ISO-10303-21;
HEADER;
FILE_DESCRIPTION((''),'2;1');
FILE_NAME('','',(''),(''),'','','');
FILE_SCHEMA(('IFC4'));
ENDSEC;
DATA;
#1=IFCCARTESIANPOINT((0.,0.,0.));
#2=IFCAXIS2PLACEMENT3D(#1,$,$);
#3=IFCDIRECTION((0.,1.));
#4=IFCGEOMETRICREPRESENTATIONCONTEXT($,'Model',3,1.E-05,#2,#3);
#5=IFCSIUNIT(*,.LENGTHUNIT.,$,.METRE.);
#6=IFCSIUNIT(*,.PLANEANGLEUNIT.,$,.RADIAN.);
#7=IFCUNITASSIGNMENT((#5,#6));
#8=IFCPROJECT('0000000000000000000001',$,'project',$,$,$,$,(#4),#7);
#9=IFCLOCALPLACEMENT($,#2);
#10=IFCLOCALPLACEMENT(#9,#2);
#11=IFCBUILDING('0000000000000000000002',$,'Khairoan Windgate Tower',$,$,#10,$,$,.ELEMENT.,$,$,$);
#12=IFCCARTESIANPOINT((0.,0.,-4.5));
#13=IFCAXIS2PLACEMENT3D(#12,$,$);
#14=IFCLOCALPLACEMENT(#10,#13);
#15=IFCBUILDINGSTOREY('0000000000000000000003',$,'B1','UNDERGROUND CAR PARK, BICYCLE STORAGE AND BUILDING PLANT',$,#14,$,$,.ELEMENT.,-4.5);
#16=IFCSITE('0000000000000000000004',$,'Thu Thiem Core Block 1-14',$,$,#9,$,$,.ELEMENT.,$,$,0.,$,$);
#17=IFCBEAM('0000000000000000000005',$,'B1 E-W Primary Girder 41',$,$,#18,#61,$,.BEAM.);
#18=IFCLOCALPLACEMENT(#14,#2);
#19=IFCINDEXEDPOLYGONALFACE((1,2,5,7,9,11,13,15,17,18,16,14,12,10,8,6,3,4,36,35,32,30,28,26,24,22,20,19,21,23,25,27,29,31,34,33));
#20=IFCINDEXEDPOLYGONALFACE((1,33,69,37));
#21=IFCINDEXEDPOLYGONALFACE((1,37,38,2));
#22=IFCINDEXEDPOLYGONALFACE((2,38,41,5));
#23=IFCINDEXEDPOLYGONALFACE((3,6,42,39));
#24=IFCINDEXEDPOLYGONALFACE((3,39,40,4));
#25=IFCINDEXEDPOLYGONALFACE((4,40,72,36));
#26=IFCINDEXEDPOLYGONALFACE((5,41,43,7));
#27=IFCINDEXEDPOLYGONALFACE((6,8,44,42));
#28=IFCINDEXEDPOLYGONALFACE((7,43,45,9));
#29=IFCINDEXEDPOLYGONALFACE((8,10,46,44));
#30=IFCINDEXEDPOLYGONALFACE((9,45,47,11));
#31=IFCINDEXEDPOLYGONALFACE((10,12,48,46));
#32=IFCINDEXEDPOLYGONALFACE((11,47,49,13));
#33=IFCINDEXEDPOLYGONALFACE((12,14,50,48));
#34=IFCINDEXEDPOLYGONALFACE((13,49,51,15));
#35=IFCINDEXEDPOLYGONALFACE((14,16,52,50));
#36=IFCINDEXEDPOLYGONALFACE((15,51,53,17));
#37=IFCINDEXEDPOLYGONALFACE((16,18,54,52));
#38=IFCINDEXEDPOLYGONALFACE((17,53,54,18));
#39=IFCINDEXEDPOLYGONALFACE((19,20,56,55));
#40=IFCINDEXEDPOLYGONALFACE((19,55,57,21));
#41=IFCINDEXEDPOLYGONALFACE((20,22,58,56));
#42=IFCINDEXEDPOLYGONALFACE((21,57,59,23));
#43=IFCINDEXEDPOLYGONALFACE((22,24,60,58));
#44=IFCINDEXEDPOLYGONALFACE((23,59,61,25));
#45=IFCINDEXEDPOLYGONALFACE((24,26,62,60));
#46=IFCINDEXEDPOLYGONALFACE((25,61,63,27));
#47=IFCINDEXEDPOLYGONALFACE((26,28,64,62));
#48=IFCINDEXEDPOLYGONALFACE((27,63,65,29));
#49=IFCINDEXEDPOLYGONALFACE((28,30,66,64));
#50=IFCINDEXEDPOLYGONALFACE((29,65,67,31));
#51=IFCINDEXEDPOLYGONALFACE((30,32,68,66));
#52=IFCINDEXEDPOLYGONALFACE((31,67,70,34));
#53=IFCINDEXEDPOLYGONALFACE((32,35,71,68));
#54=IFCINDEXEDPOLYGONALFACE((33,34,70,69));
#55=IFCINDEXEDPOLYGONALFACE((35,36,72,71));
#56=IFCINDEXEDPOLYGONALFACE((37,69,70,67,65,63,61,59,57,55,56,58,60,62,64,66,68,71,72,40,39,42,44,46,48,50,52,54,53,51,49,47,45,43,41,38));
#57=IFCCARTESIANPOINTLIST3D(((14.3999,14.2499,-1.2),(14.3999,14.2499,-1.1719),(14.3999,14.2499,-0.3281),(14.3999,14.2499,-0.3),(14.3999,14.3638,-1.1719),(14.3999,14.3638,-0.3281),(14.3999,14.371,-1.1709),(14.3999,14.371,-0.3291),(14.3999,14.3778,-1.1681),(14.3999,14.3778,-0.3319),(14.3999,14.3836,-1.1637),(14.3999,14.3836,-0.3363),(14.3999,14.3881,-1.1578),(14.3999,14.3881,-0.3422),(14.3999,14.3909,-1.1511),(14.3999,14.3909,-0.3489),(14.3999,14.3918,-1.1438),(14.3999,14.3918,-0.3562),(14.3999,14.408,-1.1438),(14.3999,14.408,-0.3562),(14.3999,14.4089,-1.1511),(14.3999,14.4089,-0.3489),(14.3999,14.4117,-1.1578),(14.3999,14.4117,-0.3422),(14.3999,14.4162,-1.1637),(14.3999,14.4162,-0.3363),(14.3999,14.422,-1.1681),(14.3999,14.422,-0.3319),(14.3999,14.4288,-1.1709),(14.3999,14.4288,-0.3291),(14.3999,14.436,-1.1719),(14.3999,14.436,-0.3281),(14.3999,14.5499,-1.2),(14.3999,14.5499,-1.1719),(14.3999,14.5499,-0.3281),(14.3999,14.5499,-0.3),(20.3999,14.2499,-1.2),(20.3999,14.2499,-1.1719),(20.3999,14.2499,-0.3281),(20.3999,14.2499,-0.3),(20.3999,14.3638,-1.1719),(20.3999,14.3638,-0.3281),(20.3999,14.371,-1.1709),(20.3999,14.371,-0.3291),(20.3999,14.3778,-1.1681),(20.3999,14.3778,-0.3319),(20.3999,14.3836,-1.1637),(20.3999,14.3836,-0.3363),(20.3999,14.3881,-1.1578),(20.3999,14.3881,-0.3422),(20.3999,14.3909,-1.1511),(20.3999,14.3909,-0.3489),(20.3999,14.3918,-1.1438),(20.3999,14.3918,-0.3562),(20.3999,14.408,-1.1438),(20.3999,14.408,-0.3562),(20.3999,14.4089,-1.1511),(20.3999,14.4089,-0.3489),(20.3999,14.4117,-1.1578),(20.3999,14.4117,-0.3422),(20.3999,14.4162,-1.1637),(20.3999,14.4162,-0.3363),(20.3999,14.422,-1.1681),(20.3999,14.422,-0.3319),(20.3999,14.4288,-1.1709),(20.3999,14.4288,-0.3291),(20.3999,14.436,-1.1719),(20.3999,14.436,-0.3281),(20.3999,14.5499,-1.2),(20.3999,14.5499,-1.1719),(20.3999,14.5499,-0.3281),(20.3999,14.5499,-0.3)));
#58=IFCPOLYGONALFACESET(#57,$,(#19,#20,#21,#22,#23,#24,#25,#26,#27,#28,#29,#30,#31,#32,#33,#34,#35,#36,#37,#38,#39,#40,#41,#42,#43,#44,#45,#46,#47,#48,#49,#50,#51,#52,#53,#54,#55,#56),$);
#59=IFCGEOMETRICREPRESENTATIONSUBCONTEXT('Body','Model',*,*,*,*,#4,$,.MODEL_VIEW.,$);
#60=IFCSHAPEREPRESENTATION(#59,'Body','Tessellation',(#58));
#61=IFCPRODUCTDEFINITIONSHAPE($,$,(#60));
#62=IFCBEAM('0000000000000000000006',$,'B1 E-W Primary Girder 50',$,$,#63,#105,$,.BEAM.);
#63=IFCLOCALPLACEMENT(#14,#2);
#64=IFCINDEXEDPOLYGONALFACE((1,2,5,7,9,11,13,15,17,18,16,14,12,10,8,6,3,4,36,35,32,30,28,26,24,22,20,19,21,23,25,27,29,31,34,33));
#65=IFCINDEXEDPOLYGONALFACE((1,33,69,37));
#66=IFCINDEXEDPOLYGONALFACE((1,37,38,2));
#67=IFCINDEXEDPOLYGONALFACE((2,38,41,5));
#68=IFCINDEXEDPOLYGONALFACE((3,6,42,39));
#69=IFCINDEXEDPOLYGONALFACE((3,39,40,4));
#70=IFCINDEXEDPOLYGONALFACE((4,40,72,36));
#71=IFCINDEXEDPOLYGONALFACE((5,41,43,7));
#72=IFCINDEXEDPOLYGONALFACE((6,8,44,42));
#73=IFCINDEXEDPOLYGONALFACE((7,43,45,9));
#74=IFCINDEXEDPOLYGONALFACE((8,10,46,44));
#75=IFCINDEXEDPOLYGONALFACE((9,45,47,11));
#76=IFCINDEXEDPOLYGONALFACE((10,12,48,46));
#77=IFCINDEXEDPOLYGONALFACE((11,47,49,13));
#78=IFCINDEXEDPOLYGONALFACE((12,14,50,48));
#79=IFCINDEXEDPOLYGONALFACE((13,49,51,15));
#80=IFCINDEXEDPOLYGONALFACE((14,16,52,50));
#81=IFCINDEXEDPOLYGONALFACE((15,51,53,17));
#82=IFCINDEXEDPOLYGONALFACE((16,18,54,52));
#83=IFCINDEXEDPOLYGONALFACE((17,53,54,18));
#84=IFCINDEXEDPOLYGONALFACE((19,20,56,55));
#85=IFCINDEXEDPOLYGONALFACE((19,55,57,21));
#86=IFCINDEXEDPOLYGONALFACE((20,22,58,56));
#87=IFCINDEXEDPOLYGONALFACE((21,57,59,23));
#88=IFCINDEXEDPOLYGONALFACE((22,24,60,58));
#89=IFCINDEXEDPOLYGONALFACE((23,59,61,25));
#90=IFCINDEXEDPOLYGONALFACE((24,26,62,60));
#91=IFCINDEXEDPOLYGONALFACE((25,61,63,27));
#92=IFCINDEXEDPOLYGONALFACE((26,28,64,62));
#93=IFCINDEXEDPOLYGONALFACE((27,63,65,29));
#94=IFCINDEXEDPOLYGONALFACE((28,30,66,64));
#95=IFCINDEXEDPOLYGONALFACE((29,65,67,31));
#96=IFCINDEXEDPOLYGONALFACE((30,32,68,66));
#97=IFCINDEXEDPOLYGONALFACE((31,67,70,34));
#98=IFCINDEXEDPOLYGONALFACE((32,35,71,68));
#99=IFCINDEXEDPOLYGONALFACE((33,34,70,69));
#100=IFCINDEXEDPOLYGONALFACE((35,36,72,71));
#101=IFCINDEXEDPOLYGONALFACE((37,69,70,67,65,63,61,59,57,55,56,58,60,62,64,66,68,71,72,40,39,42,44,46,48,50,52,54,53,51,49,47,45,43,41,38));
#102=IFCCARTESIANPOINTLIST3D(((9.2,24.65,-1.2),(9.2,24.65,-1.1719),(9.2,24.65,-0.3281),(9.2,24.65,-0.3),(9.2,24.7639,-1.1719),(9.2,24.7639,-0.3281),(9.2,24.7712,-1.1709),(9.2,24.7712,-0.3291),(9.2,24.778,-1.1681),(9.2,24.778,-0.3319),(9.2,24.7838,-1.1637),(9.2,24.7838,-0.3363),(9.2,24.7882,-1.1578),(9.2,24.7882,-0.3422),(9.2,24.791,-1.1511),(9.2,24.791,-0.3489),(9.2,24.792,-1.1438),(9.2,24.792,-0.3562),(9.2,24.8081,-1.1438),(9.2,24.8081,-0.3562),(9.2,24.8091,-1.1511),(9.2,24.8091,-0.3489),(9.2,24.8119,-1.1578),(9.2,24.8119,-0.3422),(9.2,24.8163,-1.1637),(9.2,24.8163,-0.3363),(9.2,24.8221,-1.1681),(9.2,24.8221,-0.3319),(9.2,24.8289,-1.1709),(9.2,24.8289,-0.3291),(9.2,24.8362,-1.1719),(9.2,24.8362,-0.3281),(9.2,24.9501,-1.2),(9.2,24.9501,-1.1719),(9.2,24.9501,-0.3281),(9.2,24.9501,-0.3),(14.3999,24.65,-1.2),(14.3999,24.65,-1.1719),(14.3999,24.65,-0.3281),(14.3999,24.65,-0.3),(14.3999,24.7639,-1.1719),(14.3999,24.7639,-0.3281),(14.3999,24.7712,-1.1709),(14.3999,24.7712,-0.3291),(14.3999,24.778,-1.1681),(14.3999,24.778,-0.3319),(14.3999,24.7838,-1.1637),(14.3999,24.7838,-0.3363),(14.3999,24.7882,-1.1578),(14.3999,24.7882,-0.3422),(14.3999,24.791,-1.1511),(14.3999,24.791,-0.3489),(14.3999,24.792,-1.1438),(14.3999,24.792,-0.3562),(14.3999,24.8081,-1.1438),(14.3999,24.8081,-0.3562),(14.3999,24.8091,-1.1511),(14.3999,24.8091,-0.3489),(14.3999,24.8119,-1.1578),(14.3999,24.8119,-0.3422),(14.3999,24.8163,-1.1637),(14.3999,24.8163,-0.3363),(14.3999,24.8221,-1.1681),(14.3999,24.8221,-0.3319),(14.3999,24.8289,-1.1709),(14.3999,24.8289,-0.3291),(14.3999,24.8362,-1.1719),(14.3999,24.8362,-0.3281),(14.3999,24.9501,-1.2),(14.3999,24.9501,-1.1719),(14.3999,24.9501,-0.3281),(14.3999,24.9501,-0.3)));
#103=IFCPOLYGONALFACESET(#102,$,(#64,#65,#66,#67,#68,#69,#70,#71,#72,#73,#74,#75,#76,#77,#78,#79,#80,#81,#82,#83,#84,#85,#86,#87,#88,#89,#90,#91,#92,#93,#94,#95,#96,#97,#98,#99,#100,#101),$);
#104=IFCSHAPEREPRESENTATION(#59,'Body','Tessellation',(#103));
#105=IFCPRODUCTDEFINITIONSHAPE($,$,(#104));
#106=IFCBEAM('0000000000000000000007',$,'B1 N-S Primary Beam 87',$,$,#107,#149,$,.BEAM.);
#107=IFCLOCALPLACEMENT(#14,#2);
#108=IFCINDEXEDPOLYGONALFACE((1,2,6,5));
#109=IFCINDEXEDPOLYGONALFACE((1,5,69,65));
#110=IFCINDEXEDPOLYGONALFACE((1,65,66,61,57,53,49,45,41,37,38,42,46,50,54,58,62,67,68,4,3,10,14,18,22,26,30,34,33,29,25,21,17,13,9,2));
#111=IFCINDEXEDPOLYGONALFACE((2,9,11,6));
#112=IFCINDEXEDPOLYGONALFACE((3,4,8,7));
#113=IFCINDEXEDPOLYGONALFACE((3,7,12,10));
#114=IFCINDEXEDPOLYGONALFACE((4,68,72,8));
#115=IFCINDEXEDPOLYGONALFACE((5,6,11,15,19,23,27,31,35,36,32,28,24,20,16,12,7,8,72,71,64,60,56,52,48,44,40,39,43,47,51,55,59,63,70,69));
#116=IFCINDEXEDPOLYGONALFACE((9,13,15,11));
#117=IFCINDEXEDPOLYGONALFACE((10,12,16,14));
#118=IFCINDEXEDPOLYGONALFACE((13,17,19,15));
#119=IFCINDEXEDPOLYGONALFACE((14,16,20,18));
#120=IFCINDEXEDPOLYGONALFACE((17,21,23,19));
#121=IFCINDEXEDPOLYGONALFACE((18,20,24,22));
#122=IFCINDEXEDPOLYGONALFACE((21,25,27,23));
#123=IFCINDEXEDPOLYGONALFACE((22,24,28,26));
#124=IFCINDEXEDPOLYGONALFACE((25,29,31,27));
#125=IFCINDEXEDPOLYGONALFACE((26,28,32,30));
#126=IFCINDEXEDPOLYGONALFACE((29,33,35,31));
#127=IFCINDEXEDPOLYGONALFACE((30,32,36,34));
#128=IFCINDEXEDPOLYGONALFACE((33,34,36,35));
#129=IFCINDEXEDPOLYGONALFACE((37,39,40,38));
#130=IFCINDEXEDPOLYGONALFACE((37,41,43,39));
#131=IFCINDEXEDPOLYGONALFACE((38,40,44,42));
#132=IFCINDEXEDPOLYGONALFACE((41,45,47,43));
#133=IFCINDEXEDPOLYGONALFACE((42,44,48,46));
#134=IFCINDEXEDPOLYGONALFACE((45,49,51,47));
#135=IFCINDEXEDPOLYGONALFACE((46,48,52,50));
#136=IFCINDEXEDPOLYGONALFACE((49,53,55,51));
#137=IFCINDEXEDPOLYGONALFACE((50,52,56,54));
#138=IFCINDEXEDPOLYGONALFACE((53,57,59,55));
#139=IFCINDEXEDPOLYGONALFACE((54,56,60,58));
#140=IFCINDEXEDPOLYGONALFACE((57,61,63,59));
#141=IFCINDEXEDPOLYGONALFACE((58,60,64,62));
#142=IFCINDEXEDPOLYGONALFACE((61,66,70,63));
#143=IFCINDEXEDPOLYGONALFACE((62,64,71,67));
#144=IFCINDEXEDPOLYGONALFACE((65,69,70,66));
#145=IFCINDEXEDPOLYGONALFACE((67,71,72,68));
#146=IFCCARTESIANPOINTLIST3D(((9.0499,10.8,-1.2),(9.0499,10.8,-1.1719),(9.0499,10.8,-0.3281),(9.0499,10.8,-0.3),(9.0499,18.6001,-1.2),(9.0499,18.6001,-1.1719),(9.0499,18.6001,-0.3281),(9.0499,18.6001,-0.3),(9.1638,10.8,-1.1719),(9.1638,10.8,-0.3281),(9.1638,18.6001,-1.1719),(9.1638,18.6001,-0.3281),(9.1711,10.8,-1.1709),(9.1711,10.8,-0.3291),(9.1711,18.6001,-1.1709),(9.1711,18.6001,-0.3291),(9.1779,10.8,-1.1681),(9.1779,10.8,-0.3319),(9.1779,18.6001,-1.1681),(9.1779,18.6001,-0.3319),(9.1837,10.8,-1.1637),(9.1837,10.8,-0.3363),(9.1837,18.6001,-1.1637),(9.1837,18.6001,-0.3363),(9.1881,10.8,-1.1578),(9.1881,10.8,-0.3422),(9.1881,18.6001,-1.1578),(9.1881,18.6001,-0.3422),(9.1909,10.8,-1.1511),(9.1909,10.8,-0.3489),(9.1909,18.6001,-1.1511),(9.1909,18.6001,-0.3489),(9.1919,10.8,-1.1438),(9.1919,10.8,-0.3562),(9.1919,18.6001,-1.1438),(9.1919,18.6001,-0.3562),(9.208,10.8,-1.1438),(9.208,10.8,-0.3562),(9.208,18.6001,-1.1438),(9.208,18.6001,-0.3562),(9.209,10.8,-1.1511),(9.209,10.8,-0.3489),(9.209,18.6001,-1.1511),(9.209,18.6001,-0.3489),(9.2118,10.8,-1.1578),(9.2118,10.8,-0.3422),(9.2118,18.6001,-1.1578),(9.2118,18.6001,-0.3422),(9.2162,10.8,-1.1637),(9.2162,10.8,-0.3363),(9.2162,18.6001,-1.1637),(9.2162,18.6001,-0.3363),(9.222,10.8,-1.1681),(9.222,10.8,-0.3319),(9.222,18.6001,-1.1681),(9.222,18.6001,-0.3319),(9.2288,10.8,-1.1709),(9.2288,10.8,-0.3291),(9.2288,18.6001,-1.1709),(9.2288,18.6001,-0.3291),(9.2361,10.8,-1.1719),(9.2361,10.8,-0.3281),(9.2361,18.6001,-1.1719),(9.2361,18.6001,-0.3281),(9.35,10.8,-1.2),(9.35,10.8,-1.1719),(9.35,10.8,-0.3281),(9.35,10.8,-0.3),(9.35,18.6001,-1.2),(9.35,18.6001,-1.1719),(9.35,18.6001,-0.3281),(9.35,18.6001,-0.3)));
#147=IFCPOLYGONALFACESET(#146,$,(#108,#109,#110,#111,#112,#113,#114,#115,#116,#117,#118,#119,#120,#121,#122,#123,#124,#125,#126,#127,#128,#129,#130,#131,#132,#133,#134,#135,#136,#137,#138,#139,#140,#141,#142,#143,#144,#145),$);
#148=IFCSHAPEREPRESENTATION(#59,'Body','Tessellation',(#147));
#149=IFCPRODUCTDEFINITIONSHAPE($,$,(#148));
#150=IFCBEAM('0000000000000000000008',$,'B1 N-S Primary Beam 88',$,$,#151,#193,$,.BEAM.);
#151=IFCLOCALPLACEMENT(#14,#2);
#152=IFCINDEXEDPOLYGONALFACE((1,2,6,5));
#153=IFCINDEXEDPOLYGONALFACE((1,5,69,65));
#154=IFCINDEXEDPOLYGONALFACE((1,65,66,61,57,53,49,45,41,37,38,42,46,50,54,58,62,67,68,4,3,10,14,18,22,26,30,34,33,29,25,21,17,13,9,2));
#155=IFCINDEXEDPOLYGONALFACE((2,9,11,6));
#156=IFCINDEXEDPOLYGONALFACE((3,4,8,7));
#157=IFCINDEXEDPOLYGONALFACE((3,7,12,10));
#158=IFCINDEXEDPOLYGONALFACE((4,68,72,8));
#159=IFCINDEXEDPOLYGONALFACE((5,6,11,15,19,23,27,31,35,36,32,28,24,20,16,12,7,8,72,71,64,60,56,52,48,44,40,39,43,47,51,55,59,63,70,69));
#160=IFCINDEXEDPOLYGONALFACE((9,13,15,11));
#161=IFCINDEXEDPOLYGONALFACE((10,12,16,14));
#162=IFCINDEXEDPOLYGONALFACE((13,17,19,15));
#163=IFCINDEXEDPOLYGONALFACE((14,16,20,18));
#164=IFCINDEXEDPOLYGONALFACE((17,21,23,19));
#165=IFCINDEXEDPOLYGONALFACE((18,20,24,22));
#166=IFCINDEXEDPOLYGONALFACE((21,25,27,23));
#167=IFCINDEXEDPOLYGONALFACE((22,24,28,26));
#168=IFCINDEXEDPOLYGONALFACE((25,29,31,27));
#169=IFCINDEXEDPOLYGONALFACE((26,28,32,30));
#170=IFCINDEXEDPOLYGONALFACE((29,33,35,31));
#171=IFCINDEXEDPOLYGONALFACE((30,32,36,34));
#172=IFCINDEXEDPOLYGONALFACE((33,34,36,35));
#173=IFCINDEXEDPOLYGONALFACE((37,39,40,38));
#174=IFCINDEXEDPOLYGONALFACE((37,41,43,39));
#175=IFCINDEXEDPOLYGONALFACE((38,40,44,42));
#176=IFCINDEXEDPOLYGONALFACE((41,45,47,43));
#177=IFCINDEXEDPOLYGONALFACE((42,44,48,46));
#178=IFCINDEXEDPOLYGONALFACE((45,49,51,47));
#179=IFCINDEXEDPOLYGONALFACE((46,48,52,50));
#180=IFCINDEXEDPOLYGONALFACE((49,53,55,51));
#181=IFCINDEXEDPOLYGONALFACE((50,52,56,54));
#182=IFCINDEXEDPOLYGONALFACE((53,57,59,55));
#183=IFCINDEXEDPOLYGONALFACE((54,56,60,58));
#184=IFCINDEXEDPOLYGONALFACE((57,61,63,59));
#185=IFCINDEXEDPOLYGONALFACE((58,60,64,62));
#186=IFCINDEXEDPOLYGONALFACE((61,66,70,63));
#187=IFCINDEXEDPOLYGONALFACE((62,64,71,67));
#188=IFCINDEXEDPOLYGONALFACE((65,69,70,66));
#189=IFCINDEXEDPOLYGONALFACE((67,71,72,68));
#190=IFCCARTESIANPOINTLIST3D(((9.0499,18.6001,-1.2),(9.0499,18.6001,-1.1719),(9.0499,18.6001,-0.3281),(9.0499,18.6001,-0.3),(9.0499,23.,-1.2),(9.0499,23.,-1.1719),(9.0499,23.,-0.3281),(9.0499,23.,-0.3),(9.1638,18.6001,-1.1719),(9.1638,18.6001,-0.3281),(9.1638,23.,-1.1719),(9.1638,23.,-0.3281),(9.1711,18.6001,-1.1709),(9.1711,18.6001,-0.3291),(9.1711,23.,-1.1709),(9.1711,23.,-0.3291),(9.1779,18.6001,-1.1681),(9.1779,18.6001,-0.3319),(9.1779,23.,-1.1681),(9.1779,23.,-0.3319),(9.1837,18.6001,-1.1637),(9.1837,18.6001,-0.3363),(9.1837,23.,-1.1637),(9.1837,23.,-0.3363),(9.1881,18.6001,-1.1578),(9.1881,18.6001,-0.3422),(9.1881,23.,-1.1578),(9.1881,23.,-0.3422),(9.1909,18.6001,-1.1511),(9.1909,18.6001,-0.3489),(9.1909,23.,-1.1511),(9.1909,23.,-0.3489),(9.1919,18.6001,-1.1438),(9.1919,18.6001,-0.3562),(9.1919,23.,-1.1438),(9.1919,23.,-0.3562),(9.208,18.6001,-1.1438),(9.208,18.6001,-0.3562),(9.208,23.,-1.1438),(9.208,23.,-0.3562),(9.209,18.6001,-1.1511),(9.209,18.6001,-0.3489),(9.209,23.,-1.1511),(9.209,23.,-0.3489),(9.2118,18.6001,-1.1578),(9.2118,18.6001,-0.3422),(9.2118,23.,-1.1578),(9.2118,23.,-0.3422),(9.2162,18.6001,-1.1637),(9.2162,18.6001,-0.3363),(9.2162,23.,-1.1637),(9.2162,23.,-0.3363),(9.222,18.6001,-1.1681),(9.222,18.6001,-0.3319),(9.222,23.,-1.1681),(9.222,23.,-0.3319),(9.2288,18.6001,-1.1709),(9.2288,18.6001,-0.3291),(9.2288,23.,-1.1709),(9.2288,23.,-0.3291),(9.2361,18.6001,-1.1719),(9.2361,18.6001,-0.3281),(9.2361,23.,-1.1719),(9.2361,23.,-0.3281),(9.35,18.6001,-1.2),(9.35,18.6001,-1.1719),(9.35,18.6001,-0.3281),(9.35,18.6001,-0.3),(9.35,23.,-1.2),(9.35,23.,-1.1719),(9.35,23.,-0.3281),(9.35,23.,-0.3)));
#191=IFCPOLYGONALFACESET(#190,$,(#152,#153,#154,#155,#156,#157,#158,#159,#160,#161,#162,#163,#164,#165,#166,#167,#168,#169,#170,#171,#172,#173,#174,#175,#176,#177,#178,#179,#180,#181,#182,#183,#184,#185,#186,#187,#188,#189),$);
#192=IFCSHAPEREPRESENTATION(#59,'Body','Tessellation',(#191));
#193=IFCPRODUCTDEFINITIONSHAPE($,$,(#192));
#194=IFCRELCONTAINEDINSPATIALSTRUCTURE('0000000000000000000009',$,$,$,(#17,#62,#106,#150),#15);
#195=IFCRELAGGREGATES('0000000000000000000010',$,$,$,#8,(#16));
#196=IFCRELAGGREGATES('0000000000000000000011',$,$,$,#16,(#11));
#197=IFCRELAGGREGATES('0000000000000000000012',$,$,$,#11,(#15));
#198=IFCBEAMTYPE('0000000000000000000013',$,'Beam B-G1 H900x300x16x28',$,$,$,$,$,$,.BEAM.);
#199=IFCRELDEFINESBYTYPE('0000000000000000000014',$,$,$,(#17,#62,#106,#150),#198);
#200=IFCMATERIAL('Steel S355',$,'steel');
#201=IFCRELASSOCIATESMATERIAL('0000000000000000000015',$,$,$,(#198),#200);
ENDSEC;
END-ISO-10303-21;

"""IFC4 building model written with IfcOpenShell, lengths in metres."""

from ifc_helpers import new_model, si_unit, direction, frame, origin, origin_2d, place, context, subcontext, project, spatial, i_section, extrude, material, material_profile, profile_set, type_object, element, save


model = new_model("IFC4")

# Units and contexts
model_context = context("Model", 3, precision=1e-05, world=origin(), true_north=direction((0.0, 1.0)))
body_context = subcontext(model_context, "Body", "Model", "MODEL_VIEW")
ifc_project = project(units=[si_unit("LENGTHUNIT", "METRE"), si_unit("PLANEANGLEUNIT", "RADIAN")], contexts=[model_context])

# Site, building, storey
site_placement = place(None, origin())
site = spatial("IfcSite", under=ifc_project, at=site_placement, Name="Thu Thiem Core Block 1-14", CompositionType="ELEMENT", RefElevation=0.0)
building_placement = place(site_placement, origin())
building = spatial("IfcBuilding", under=site, at=building_placement, Name="Khairoan Windgate Tower", CompositionType="ELEMENT")
storey_placement = place(building_placement, frame((0.0, 0.0, -4.5)))
storey = spatial("IfcBuildingStorey", under=building, at=storey_placement, Name="B1", Description="UNDERGROUND CAR PARK, BICYCLE STORAGE AND BUILDING PLANT", CompositionType="ELEMENT", Elevation=-4.5)

# Beams
ifc_material_1 = material(Name="Steel S355", Category="steel")
ifc_material_profile_1 = material_profile(ifc_material_1, i_section(OverallWidth=0.3, OverallDepth=0.8999, WebThickness=0.0161, FlangeThickness=0.0281, FilletRadius=0.0281, at=origin_2d()))
ifc_profile_set_1 = profile_set([ifc_material_profile_1], Name="Steel S355")
beam_type_1 = type_object("IfcBeamType", Name="Beam B-G1 H900x300x16x28", PredefinedType="BEAM", material=ifc_profile_set_1)
beam_1_placement = place(storey_placement, frame((14.3999, 14.3999, -0.75), z_axis=(1.0, 0.0, 0.0), x_axis=(0.0, 1.0, 0.0)))
element("IfcBeam", 1, at=beam_1_placement, inside=storey, type_object=beam_type_1, Name="B1 E-W Primary Girder 41", PredefinedType="BEAM", context=body_context, shape_type="SweptSolid", body=[
    extrude(i_section(OverallWidth=0.3, OverallDepth=0.8999, WebThickness=0.0161, FlangeThickness=0.0281, FilletRadius=0.0281, at=origin_2d()), origin(), (0.0, 0.0, 1.0), 6.0),
])
beam_2_placement = place(storey_placement, frame((9.2, 24.8, -0.75), z_axis=(1.0, 0.0, 0.0), x_axis=(0.0, 1.0, 0.0)))
element("IfcBeam", 2, at=beam_2_placement, inside=storey, type_object=beam_type_1, Name="B1 E-W Primary Girder 50", PredefinedType="BEAM", context=body_context, shape_type="SweptSolid", body=[
    extrude(i_section(OverallWidth=0.3, OverallDepth=0.8999, WebThickness=0.0161, FlangeThickness=0.0281, FilletRadius=0.0281, at=origin_2d()), origin(), (0.0, 0.0, 1.0), 5.2),
])
beam_3_placement = place(storey_placement, frame((9.2, 10.8, -0.75), z_axis=(0.0, 1.0, 0.0), x_axis=(-1.0, 0.0, 0.0)))
element("IfcBeam", 3, at=beam_3_placement, inside=storey, type_object=beam_type_1, Name="B1 N-S Primary Beam 87", PredefinedType="BEAM", context=body_context, shape_type="SweptSolid", body=[
    extrude(i_section(OverallWidth=0.3, OverallDepth=0.8999, WebThickness=0.0161, FlangeThickness=0.0281, FilletRadius=0.0281, at=origin_2d()), origin(), (0.0, 0.0, 1.0), 7.8),
])
beam_4_placement = place(storey_placement, frame((9.2, 18.6001, -0.75), z_axis=(0.0, 1.0, 0.0), x_axis=(-1.0, 0.0, 0.0)))
element("IfcBeam", 4, at=beam_4_placement, inside=storey, type_object=beam_type_1, Name="B1 N-S Primary Beam 88", PredefinedType="BEAM", context=body_context, shape_type="SweptSolid", body=[
    extrude(i_section(OverallWidth=0.3, OverallDepth=0.8999, WebThickness=0.0161, FlangeThickness=0.0281, FilletRadius=0.0281, at=origin_2d()), origin(), (0.0, 0.0, 1.0), 4.3999),
])

save(model, "model.ifc")
